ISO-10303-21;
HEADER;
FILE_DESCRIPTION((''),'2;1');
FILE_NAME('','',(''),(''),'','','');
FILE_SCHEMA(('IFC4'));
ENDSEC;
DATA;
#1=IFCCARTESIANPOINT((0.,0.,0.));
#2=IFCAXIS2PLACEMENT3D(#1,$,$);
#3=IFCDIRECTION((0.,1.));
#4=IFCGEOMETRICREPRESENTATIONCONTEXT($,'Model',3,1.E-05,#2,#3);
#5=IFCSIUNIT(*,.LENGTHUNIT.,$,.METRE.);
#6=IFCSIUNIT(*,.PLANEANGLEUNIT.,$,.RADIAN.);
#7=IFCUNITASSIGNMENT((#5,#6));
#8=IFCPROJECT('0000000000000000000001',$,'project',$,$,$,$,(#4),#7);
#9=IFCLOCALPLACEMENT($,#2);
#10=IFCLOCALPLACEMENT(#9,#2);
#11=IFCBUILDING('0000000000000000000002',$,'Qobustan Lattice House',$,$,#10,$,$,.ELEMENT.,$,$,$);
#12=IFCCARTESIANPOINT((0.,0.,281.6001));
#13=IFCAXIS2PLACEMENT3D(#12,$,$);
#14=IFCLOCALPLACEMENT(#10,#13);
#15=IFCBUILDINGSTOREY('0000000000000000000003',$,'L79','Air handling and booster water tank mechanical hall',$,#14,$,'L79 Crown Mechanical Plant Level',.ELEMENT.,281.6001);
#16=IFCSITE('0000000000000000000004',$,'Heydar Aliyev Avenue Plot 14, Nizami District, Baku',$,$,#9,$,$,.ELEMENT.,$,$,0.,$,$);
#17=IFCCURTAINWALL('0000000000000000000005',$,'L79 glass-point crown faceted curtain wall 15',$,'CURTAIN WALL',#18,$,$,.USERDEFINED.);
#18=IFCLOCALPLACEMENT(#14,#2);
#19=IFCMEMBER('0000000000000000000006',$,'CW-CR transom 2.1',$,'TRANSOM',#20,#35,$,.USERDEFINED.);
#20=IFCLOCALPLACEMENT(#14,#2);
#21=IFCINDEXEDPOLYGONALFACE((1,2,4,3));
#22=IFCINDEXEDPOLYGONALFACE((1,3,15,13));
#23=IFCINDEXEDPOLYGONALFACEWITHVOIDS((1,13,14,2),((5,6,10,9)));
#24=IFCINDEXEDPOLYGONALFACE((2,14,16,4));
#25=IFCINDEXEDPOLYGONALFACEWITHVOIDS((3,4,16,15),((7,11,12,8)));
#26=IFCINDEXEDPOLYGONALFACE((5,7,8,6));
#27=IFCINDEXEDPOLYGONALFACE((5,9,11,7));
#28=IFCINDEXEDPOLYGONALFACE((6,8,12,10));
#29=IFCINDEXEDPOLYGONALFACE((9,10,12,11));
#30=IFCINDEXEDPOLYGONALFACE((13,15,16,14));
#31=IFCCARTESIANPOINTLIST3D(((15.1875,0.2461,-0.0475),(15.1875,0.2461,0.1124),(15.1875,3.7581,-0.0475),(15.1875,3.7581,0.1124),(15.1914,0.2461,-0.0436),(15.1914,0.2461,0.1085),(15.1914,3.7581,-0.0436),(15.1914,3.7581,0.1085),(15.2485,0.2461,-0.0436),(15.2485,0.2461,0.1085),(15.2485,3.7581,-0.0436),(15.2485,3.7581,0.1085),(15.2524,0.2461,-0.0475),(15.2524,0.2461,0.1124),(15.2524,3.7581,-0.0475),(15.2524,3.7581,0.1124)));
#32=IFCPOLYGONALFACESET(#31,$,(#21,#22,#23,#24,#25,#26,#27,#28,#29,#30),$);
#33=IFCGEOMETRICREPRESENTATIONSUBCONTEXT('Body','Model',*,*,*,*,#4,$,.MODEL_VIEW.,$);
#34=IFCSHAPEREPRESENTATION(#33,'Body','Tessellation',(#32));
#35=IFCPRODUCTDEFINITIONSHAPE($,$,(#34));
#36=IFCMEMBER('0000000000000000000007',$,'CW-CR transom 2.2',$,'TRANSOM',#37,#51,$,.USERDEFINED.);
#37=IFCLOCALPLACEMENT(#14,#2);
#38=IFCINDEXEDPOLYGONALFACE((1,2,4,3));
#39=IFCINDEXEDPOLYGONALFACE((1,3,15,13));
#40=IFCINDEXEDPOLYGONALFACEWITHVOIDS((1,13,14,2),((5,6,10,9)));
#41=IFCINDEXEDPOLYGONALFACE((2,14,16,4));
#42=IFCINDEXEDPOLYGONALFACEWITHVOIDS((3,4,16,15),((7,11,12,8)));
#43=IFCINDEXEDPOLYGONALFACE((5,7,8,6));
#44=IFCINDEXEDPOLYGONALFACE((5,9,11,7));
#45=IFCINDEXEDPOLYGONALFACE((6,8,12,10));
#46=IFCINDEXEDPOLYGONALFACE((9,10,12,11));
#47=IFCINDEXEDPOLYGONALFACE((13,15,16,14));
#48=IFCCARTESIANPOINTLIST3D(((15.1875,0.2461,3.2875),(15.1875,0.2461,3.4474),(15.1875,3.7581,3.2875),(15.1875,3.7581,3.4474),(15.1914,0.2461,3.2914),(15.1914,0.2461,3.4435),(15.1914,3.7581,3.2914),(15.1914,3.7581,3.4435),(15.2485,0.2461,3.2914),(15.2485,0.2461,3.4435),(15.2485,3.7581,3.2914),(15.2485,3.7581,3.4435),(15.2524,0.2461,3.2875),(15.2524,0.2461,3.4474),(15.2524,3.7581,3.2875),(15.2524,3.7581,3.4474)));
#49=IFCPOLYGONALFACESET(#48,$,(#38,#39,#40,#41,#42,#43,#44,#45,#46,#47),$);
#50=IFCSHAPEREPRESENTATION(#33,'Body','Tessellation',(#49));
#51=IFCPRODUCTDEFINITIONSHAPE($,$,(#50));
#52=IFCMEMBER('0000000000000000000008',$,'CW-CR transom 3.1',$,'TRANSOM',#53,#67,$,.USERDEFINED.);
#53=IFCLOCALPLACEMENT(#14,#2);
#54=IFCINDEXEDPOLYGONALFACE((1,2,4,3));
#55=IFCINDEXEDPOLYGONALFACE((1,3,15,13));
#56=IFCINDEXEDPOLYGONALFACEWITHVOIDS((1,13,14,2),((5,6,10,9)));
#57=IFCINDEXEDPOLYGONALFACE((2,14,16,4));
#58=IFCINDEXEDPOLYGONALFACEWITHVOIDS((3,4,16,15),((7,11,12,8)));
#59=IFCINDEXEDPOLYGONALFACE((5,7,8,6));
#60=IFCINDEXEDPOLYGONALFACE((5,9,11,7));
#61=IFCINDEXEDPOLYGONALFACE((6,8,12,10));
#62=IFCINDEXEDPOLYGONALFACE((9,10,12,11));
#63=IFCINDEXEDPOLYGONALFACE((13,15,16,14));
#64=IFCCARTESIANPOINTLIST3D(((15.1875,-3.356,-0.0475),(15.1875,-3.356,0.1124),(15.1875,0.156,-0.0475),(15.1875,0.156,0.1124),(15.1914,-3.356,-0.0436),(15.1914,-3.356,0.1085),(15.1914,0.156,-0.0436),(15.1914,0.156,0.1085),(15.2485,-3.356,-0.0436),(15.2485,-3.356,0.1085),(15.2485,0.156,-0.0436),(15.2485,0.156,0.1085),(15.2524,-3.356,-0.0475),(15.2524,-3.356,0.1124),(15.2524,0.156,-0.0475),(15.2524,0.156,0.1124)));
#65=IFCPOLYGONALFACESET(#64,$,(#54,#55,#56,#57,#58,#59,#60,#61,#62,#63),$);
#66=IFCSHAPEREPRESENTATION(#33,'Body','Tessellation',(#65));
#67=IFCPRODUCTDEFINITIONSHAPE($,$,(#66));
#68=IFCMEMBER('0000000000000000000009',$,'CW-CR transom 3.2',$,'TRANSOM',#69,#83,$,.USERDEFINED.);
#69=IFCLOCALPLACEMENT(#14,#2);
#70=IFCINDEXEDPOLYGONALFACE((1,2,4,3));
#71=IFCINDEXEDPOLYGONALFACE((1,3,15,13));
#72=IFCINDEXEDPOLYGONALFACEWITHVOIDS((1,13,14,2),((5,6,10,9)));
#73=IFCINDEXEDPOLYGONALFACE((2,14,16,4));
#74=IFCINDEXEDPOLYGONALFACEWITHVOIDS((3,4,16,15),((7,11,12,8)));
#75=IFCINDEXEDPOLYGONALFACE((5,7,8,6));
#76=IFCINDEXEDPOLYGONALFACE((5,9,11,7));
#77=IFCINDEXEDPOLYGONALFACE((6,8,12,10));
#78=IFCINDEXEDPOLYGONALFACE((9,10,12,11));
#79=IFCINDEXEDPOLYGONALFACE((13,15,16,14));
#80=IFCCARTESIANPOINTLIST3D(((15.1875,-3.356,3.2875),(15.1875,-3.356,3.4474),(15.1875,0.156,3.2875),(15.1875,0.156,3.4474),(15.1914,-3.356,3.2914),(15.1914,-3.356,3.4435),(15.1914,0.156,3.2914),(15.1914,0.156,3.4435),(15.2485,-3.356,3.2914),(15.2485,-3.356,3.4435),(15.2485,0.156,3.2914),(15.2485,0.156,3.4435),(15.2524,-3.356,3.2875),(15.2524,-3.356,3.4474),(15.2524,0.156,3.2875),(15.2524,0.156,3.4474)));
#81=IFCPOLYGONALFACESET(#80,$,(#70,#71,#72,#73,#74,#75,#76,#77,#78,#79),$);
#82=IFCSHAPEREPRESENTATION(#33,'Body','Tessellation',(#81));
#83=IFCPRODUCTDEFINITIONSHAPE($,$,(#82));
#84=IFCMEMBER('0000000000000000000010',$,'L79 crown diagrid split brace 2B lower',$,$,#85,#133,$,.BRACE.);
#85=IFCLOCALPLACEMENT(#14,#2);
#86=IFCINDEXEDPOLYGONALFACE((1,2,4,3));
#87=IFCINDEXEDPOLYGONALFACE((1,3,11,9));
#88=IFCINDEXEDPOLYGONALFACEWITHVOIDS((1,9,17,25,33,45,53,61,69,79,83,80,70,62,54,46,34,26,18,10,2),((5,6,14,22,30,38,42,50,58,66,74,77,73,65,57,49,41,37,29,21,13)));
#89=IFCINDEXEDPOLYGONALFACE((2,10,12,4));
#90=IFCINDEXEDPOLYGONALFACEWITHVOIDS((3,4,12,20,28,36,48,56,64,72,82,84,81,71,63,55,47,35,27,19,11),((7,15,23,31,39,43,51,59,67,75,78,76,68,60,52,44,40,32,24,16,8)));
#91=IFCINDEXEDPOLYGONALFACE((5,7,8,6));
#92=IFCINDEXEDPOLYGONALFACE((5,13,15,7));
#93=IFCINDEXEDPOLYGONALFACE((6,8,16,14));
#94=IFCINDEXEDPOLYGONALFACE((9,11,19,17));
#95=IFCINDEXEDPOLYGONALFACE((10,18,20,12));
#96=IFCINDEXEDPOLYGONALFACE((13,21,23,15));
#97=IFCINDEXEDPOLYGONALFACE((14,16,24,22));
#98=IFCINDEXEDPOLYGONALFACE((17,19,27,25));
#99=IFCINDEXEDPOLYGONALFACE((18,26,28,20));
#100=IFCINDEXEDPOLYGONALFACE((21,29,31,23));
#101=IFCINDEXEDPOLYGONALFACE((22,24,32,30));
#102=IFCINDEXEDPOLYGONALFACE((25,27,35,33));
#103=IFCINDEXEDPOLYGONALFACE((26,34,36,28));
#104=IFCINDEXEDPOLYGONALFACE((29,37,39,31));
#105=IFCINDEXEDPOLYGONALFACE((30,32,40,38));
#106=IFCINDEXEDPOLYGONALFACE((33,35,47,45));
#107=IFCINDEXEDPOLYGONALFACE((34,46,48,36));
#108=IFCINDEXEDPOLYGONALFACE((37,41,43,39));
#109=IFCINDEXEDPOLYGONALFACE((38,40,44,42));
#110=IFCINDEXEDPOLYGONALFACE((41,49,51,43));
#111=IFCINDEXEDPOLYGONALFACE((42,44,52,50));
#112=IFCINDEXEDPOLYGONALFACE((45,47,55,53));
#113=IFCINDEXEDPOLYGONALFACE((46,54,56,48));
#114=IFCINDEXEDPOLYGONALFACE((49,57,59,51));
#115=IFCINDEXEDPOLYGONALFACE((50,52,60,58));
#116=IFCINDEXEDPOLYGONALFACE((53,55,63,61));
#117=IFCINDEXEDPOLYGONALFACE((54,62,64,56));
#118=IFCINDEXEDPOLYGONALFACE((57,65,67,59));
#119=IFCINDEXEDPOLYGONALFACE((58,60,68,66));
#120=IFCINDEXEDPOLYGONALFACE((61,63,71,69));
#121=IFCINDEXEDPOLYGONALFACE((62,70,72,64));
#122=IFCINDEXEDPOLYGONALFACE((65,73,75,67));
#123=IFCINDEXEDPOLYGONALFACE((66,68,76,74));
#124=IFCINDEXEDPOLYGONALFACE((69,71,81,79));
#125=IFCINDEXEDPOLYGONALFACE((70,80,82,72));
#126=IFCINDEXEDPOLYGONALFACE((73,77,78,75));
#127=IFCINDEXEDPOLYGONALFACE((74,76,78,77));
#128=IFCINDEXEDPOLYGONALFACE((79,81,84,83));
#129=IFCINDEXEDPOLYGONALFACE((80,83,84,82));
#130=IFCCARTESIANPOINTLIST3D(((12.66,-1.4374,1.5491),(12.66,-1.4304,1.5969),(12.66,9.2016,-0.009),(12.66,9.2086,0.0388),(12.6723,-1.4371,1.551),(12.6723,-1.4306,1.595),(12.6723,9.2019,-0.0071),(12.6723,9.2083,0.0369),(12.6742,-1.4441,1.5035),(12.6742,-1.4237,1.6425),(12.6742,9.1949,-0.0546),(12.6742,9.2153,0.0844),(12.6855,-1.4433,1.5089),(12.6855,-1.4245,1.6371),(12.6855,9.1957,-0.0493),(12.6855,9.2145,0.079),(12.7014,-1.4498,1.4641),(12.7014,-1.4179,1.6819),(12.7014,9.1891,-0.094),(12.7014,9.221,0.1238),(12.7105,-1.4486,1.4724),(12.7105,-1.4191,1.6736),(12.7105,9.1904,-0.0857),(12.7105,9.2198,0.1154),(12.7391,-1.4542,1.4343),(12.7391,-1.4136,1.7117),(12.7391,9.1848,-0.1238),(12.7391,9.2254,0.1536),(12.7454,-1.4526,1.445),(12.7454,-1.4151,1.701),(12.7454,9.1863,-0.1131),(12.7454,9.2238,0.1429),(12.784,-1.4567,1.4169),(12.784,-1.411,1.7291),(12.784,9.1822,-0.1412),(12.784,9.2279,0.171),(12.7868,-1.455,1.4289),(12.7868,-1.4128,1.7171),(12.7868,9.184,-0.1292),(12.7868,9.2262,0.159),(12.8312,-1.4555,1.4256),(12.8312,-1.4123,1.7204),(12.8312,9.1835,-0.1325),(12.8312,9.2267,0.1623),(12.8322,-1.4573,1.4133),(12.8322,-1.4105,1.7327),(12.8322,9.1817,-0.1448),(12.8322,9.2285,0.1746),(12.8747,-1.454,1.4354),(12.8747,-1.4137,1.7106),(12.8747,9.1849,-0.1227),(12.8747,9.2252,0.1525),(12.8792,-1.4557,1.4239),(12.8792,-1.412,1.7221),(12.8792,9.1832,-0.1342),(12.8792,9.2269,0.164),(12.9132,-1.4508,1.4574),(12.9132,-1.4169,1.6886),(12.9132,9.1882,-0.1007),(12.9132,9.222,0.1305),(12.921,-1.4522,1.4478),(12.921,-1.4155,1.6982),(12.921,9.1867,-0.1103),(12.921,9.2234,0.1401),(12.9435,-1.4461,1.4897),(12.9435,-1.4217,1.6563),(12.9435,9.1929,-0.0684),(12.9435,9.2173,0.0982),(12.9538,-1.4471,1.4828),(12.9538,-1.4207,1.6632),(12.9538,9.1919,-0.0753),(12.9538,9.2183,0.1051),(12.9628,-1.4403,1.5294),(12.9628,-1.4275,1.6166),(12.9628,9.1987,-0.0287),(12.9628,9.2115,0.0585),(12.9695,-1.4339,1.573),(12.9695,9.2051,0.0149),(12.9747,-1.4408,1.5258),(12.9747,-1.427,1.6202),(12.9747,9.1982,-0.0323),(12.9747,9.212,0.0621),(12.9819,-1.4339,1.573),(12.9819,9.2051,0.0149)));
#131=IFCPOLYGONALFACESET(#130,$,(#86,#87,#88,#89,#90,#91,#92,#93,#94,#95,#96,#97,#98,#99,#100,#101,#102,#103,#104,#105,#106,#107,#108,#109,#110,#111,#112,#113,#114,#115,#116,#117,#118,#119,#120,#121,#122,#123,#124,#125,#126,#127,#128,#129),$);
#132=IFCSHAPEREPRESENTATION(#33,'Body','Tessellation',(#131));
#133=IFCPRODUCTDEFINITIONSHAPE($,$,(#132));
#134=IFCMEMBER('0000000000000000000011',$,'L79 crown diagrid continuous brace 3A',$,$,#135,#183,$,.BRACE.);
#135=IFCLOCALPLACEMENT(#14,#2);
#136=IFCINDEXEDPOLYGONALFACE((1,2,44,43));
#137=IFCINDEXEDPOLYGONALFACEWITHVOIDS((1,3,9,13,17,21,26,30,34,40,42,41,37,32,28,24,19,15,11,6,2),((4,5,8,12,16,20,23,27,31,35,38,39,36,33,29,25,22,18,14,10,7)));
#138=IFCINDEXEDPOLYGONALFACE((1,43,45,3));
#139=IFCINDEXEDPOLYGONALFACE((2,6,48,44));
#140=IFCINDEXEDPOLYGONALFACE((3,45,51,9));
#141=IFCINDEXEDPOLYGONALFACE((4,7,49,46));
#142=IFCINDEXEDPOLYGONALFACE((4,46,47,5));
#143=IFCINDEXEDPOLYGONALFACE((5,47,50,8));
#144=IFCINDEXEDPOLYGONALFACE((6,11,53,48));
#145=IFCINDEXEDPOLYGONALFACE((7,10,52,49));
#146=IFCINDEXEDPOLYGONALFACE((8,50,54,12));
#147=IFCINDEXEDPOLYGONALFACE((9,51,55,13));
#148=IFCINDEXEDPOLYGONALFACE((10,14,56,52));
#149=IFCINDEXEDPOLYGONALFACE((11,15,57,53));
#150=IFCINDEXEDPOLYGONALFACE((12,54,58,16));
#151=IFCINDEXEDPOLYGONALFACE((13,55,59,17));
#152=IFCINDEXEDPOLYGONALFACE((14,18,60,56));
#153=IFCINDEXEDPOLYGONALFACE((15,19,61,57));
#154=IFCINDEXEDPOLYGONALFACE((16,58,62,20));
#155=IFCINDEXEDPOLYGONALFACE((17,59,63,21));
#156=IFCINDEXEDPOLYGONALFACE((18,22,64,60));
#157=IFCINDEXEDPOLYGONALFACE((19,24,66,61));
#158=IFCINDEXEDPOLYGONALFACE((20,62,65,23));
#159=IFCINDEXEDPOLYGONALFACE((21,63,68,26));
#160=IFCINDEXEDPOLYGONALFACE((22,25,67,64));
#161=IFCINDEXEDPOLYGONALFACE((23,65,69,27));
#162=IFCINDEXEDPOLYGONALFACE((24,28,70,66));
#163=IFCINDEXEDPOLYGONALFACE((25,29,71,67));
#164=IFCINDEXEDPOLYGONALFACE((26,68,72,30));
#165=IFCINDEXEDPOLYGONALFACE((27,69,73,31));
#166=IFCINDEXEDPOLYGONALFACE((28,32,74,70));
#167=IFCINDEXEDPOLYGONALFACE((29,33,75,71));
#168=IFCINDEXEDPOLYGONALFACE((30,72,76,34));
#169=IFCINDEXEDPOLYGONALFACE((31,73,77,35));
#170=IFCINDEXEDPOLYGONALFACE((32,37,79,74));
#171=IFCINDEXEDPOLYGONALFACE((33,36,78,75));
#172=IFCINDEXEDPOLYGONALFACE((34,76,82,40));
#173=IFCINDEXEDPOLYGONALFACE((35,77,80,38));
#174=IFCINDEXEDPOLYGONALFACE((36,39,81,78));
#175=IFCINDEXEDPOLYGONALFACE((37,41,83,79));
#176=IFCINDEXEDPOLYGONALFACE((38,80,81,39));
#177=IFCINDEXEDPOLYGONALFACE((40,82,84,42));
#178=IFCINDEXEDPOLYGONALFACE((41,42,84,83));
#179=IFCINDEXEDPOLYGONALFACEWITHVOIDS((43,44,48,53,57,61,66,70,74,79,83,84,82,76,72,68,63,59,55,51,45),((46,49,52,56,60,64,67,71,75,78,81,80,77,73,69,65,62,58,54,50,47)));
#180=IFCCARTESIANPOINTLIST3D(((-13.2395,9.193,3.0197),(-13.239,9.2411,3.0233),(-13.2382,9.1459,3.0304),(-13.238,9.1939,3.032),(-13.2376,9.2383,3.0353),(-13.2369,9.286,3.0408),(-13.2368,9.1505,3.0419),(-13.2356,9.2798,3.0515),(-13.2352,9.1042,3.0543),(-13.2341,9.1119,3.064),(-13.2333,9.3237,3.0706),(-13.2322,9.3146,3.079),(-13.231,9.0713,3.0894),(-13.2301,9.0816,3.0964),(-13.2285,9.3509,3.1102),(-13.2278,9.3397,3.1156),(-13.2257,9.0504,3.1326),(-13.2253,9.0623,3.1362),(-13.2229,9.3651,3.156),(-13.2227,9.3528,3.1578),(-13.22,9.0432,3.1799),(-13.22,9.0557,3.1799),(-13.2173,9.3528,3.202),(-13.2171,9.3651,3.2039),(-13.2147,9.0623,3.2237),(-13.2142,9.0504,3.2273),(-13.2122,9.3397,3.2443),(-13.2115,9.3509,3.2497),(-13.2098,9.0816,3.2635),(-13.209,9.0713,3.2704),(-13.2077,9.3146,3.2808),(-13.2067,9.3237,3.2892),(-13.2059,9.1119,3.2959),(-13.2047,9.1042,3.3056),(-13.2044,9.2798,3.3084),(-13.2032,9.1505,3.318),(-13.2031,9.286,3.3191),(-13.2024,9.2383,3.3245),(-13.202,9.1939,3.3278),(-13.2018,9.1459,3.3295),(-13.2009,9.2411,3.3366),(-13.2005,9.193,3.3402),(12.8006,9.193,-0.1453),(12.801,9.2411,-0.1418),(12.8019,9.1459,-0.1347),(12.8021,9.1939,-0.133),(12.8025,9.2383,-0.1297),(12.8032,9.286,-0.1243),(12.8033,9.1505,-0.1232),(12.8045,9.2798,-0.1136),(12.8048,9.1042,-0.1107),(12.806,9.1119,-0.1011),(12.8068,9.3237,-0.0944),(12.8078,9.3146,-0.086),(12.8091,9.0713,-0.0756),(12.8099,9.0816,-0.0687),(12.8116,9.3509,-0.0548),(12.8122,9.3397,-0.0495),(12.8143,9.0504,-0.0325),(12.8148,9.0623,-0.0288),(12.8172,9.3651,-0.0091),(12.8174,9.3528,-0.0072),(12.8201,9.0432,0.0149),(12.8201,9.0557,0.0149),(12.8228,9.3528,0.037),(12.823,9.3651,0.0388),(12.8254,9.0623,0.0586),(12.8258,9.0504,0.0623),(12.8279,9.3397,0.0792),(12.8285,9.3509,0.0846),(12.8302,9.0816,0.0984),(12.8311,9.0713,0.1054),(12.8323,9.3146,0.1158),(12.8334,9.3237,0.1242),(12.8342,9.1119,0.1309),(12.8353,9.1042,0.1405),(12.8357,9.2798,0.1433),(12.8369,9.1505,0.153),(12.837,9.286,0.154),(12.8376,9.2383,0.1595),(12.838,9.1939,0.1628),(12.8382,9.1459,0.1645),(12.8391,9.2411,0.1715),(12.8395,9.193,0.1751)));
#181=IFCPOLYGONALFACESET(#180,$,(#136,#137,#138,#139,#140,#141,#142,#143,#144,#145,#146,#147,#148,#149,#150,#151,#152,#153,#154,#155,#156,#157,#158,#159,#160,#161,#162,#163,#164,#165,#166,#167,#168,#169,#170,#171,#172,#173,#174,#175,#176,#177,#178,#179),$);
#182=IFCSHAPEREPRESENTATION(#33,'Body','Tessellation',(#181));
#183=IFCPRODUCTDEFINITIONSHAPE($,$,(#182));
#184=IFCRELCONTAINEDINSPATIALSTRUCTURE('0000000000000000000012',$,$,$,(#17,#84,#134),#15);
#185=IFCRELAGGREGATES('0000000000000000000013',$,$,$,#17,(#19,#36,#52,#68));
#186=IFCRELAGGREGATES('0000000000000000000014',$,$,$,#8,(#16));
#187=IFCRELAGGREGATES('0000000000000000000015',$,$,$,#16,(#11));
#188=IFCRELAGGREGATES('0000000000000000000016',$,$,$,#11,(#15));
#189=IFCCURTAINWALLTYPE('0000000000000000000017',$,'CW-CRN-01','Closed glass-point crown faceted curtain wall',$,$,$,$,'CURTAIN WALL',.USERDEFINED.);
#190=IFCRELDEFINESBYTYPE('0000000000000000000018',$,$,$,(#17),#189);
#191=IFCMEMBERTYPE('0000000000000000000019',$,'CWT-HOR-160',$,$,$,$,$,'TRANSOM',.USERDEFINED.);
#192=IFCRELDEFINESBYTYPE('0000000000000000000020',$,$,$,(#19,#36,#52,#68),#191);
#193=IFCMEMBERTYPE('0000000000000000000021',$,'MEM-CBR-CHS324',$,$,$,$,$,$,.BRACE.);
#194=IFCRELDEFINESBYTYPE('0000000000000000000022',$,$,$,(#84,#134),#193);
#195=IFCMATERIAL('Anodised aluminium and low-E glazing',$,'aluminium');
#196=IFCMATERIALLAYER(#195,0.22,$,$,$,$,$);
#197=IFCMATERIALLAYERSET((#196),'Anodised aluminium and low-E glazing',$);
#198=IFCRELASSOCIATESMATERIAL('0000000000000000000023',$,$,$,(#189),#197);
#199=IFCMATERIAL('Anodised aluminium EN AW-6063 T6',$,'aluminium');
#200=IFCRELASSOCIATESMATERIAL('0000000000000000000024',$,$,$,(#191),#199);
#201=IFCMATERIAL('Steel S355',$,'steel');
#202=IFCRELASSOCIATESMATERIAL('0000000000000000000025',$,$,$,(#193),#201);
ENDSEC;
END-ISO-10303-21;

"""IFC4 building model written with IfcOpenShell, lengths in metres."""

from ifc_helpers import new_model, si_unit, direction, frame, origin, origin_2d, place, context, subcontext, project, spatial, hollow_rectangle, hollow_circle, extrude, material, layer, layer_set, material_profile, profile_set, type_object, element, aggregate, save


model = new_model("IFC4")

# Units and contexts
model_context = context("Model", 3, precision=1e-05, world=origin(), true_north=direction((0.0, 1.0)))
body_context = subcontext(model_context, "Body", "Model", "MODEL_VIEW")
ifc_project = project(units=[si_unit("LENGTHUNIT", "METRE"), si_unit("PLANEANGLEUNIT", "RADIAN")], contexts=[model_context])

# Site, building, storey
site_placement = place(None, origin())
site = spatial("IfcSite", under=ifc_project, at=site_placement, Name="Heydar Aliyev Avenue Plot 14, Nizami District, Baku", CompositionType="ELEMENT", RefElevation=0.0)
building_placement = place(site_placement, origin())
building = spatial("IfcBuilding", under=site, at=building_placement, Name="Qobustan Lattice House", CompositionType="ELEMENT")
storey_placement = place(building_placement, frame((0.0, 0.0, 281.6001)))
storey = spatial("IfcBuildingStorey", under=building, at=storey_placement, Name="L79", Description="Air handling and booster water tank mechanical hall", LongName="L79 Crown Mechanical Plant Level", CompositionType="ELEMENT", Elevation=281.6001)

# Shared definitions
ifc_material_1 = material(Name="Anodised aluminium and low-E glazing", Category="aluminium")
ifc_layer_1 = layer(ifc_material_1, 0.22)
ifc_layer_set_1 = layer_set([ifc_layer_1], Name="Anodised aluminium and low-E glazing")
curtain_wall_type = type_object("IfcCurtainWallType", Name="CW-CRN-01", Description="Closed glass-point crown faceted curtain wall", ElementType="CURTAIN WALL", PredefinedType="USERDEFINED", material=ifc_layer_set_1)

# Curtain wall
curtain_wall_1_placement = place(storey_placement, origin())
curtain_wall_1 = element("IfcCurtainWall", 1, at=curtain_wall_1_placement, inside=storey, type_object=curtain_wall_type, Name="L79 glass-point crown faceted curtain wall 15", ObjectType="CURTAIN WALL", PredefinedType="USERDEFINED")

# Members
ifc_material_2 = material(Name="Anodised aluminium EN AW-6063 T6", Category="aluminium")
ifc_material_profile_1 = material_profile(ifc_material_2, hollow_rectangle(XDim=0.0649, YDim=0.1599, WallThickness=0.0039, at=origin_2d()), Name="CWT-160x65")
ifc_profile_set_1 = profile_set([ifc_material_profile_1], Name="Anodised aluminium EN AW-6063 T6")
member_type_1 = type_object("IfcMemberType", Name="CWT-HOR-160", ElementType="TRANSOM", PredefinedType="USERDEFINED", material=ifc_profile_set_1)
member_1_placement = place(storey_placement, frame((15.22, 3.7581, 0.0325), z_axis=(0.0, -1.0, 0.0), x_axis=(1.0, 0.0, 0.0)))
member_1 = element("IfcMember", 2, at=member_1_placement, type_object=member_type_1, Name="CW-CR transom 2.1", ObjectType="TRANSOM", PredefinedType="USERDEFINED", context=body_context, shape_type="SweptSolid", body=[
    extrude(hollow_rectangle(XDim=0.0649, YDim=0.1599, WallThickness=0.0039, at=origin_2d()), origin(), (0.0, 0.0, 1.0), 3.512),
])
member_2_placement = place(storey_placement, frame((15.22, 3.7581, 3.3674), z_axis=(0.0, -1.0, 0.0), x_axis=(1.0, 0.0, 0.0)))
member_2 = element("IfcMember", 3, at=member_2_placement, type_object=member_type_1, Name="CW-CR transom 2.2", ObjectType="TRANSOM", PredefinedType="USERDEFINED", context=body_context, shape_type="SweptSolid", body=[
    extrude(hollow_rectangle(XDim=0.0649, YDim=0.1599, WallThickness=0.0039, at=origin_2d()), origin(), (0.0, 0.0, 1.0), 3.512),
])
member_3_placement = place(storey_placement, frame((15.22, 0.156, 0.0325), z_axis=(0.0, -1.0, 0.0), x_axis=(1.0, 0.0, 0.0)))
member_3 = element("IfcMember", 4, at=member_3_placement, type_object=member_type_1, Name="CW-CR transom 3.1", ObjectType="TRANSOM", PredefinedType="USERDEFINED", context=body_context, shape_type="SweptSolid", body=[
    extrude(hollow_rectangle(XDim=0.0649, YDim=0.1599, WallThickness=0.0039, at=origin_2d()), origin(), (0.0, 0.0, 1.0), 3.512),
])
member_4_placement = place(storey_placement, frame((15.22, 0.156, 3.3674), z_axis=(0.0, -1.0, 0.0), x_axis=(1.0, 0.0, 0.0)))
member_4 = element("IfcMember", 5, at=member_4_placement, type_object=member_type_1, Name="CW-CR transom 3.2", ObjectType="TRANSOM", PredefinedType="USERDEFINED", context=body_context, shape_type="SweptSolid", body=[
    extrude(hollow_rectangle(XDim=0.0649, YDim=0.1599, WallThickness=0.0039, at=origin_2d()), origin(), (0.0, 0.0, 1.0), 3.512),
])

# Members
ifc_material_3 = material(Name="Steel S355", Category="steel")
ifc_material_profile_2 = material_profile(ifc_material_3, hollow_circle(Radius=0.1619, WallThickness=0.0125, at=origin_2d()), Name="CHS323.9x12.5")
ifc_profile_set_2 = profile_set([ifc_material_profile_2], Name="Steel S355")
member_type_2 = type_object("IfcMemberType", Name="MEM-CBR-CHS324", PredefinedType="BRACE", material=ifc_profile_set_2)
member_5_placement = place(storey_placement, frame((12.8201, 9.2051, 0.0149), z_axis=(0.0, -0.989445, 0.144908), x_axis=(1.0, 0.0, 0.0)))
element("IfcMember", 6, at=member_5_placement, inside=storey, type_object=member_type_2, Name="L79 crown diagrid split brace 2B lower", PredefinedType="BRACE", context=body_context, shape_type="SweptSolid", body=[
    extrude(hollow_circle(Radius=0.1619, WallThickness=0.0125, at=origin_2d()), origin(), (0.0, 0.0, 1.0), 10.7524),
])
member_6_placement = place(storey_placement, frame((12.8201, 9.2051, 0.0149), z_axis=(-0.992694, 0.0, 0.120657), x_axis=(0.0, -1.0, 0.0)))
element("IfcMember", 7, at=member_6_placement, inside=storey, type_object=member_type_2, Name="L79 crown diagrid continuous brace 3A", PredefinedType="BRACE", context=body_context, shape_type="SweptSolid", body=[
    extrude(hollow_circle(Radius=0.1619, WallThickness=0.0125, at=origin_2d()), origin(), (0.0, 0.0, 1.0), 26.2317),
])

aggregate(curtain_wall_1, [member_1, member_2, member_3, member_4])

save(model, "model.ifc")
